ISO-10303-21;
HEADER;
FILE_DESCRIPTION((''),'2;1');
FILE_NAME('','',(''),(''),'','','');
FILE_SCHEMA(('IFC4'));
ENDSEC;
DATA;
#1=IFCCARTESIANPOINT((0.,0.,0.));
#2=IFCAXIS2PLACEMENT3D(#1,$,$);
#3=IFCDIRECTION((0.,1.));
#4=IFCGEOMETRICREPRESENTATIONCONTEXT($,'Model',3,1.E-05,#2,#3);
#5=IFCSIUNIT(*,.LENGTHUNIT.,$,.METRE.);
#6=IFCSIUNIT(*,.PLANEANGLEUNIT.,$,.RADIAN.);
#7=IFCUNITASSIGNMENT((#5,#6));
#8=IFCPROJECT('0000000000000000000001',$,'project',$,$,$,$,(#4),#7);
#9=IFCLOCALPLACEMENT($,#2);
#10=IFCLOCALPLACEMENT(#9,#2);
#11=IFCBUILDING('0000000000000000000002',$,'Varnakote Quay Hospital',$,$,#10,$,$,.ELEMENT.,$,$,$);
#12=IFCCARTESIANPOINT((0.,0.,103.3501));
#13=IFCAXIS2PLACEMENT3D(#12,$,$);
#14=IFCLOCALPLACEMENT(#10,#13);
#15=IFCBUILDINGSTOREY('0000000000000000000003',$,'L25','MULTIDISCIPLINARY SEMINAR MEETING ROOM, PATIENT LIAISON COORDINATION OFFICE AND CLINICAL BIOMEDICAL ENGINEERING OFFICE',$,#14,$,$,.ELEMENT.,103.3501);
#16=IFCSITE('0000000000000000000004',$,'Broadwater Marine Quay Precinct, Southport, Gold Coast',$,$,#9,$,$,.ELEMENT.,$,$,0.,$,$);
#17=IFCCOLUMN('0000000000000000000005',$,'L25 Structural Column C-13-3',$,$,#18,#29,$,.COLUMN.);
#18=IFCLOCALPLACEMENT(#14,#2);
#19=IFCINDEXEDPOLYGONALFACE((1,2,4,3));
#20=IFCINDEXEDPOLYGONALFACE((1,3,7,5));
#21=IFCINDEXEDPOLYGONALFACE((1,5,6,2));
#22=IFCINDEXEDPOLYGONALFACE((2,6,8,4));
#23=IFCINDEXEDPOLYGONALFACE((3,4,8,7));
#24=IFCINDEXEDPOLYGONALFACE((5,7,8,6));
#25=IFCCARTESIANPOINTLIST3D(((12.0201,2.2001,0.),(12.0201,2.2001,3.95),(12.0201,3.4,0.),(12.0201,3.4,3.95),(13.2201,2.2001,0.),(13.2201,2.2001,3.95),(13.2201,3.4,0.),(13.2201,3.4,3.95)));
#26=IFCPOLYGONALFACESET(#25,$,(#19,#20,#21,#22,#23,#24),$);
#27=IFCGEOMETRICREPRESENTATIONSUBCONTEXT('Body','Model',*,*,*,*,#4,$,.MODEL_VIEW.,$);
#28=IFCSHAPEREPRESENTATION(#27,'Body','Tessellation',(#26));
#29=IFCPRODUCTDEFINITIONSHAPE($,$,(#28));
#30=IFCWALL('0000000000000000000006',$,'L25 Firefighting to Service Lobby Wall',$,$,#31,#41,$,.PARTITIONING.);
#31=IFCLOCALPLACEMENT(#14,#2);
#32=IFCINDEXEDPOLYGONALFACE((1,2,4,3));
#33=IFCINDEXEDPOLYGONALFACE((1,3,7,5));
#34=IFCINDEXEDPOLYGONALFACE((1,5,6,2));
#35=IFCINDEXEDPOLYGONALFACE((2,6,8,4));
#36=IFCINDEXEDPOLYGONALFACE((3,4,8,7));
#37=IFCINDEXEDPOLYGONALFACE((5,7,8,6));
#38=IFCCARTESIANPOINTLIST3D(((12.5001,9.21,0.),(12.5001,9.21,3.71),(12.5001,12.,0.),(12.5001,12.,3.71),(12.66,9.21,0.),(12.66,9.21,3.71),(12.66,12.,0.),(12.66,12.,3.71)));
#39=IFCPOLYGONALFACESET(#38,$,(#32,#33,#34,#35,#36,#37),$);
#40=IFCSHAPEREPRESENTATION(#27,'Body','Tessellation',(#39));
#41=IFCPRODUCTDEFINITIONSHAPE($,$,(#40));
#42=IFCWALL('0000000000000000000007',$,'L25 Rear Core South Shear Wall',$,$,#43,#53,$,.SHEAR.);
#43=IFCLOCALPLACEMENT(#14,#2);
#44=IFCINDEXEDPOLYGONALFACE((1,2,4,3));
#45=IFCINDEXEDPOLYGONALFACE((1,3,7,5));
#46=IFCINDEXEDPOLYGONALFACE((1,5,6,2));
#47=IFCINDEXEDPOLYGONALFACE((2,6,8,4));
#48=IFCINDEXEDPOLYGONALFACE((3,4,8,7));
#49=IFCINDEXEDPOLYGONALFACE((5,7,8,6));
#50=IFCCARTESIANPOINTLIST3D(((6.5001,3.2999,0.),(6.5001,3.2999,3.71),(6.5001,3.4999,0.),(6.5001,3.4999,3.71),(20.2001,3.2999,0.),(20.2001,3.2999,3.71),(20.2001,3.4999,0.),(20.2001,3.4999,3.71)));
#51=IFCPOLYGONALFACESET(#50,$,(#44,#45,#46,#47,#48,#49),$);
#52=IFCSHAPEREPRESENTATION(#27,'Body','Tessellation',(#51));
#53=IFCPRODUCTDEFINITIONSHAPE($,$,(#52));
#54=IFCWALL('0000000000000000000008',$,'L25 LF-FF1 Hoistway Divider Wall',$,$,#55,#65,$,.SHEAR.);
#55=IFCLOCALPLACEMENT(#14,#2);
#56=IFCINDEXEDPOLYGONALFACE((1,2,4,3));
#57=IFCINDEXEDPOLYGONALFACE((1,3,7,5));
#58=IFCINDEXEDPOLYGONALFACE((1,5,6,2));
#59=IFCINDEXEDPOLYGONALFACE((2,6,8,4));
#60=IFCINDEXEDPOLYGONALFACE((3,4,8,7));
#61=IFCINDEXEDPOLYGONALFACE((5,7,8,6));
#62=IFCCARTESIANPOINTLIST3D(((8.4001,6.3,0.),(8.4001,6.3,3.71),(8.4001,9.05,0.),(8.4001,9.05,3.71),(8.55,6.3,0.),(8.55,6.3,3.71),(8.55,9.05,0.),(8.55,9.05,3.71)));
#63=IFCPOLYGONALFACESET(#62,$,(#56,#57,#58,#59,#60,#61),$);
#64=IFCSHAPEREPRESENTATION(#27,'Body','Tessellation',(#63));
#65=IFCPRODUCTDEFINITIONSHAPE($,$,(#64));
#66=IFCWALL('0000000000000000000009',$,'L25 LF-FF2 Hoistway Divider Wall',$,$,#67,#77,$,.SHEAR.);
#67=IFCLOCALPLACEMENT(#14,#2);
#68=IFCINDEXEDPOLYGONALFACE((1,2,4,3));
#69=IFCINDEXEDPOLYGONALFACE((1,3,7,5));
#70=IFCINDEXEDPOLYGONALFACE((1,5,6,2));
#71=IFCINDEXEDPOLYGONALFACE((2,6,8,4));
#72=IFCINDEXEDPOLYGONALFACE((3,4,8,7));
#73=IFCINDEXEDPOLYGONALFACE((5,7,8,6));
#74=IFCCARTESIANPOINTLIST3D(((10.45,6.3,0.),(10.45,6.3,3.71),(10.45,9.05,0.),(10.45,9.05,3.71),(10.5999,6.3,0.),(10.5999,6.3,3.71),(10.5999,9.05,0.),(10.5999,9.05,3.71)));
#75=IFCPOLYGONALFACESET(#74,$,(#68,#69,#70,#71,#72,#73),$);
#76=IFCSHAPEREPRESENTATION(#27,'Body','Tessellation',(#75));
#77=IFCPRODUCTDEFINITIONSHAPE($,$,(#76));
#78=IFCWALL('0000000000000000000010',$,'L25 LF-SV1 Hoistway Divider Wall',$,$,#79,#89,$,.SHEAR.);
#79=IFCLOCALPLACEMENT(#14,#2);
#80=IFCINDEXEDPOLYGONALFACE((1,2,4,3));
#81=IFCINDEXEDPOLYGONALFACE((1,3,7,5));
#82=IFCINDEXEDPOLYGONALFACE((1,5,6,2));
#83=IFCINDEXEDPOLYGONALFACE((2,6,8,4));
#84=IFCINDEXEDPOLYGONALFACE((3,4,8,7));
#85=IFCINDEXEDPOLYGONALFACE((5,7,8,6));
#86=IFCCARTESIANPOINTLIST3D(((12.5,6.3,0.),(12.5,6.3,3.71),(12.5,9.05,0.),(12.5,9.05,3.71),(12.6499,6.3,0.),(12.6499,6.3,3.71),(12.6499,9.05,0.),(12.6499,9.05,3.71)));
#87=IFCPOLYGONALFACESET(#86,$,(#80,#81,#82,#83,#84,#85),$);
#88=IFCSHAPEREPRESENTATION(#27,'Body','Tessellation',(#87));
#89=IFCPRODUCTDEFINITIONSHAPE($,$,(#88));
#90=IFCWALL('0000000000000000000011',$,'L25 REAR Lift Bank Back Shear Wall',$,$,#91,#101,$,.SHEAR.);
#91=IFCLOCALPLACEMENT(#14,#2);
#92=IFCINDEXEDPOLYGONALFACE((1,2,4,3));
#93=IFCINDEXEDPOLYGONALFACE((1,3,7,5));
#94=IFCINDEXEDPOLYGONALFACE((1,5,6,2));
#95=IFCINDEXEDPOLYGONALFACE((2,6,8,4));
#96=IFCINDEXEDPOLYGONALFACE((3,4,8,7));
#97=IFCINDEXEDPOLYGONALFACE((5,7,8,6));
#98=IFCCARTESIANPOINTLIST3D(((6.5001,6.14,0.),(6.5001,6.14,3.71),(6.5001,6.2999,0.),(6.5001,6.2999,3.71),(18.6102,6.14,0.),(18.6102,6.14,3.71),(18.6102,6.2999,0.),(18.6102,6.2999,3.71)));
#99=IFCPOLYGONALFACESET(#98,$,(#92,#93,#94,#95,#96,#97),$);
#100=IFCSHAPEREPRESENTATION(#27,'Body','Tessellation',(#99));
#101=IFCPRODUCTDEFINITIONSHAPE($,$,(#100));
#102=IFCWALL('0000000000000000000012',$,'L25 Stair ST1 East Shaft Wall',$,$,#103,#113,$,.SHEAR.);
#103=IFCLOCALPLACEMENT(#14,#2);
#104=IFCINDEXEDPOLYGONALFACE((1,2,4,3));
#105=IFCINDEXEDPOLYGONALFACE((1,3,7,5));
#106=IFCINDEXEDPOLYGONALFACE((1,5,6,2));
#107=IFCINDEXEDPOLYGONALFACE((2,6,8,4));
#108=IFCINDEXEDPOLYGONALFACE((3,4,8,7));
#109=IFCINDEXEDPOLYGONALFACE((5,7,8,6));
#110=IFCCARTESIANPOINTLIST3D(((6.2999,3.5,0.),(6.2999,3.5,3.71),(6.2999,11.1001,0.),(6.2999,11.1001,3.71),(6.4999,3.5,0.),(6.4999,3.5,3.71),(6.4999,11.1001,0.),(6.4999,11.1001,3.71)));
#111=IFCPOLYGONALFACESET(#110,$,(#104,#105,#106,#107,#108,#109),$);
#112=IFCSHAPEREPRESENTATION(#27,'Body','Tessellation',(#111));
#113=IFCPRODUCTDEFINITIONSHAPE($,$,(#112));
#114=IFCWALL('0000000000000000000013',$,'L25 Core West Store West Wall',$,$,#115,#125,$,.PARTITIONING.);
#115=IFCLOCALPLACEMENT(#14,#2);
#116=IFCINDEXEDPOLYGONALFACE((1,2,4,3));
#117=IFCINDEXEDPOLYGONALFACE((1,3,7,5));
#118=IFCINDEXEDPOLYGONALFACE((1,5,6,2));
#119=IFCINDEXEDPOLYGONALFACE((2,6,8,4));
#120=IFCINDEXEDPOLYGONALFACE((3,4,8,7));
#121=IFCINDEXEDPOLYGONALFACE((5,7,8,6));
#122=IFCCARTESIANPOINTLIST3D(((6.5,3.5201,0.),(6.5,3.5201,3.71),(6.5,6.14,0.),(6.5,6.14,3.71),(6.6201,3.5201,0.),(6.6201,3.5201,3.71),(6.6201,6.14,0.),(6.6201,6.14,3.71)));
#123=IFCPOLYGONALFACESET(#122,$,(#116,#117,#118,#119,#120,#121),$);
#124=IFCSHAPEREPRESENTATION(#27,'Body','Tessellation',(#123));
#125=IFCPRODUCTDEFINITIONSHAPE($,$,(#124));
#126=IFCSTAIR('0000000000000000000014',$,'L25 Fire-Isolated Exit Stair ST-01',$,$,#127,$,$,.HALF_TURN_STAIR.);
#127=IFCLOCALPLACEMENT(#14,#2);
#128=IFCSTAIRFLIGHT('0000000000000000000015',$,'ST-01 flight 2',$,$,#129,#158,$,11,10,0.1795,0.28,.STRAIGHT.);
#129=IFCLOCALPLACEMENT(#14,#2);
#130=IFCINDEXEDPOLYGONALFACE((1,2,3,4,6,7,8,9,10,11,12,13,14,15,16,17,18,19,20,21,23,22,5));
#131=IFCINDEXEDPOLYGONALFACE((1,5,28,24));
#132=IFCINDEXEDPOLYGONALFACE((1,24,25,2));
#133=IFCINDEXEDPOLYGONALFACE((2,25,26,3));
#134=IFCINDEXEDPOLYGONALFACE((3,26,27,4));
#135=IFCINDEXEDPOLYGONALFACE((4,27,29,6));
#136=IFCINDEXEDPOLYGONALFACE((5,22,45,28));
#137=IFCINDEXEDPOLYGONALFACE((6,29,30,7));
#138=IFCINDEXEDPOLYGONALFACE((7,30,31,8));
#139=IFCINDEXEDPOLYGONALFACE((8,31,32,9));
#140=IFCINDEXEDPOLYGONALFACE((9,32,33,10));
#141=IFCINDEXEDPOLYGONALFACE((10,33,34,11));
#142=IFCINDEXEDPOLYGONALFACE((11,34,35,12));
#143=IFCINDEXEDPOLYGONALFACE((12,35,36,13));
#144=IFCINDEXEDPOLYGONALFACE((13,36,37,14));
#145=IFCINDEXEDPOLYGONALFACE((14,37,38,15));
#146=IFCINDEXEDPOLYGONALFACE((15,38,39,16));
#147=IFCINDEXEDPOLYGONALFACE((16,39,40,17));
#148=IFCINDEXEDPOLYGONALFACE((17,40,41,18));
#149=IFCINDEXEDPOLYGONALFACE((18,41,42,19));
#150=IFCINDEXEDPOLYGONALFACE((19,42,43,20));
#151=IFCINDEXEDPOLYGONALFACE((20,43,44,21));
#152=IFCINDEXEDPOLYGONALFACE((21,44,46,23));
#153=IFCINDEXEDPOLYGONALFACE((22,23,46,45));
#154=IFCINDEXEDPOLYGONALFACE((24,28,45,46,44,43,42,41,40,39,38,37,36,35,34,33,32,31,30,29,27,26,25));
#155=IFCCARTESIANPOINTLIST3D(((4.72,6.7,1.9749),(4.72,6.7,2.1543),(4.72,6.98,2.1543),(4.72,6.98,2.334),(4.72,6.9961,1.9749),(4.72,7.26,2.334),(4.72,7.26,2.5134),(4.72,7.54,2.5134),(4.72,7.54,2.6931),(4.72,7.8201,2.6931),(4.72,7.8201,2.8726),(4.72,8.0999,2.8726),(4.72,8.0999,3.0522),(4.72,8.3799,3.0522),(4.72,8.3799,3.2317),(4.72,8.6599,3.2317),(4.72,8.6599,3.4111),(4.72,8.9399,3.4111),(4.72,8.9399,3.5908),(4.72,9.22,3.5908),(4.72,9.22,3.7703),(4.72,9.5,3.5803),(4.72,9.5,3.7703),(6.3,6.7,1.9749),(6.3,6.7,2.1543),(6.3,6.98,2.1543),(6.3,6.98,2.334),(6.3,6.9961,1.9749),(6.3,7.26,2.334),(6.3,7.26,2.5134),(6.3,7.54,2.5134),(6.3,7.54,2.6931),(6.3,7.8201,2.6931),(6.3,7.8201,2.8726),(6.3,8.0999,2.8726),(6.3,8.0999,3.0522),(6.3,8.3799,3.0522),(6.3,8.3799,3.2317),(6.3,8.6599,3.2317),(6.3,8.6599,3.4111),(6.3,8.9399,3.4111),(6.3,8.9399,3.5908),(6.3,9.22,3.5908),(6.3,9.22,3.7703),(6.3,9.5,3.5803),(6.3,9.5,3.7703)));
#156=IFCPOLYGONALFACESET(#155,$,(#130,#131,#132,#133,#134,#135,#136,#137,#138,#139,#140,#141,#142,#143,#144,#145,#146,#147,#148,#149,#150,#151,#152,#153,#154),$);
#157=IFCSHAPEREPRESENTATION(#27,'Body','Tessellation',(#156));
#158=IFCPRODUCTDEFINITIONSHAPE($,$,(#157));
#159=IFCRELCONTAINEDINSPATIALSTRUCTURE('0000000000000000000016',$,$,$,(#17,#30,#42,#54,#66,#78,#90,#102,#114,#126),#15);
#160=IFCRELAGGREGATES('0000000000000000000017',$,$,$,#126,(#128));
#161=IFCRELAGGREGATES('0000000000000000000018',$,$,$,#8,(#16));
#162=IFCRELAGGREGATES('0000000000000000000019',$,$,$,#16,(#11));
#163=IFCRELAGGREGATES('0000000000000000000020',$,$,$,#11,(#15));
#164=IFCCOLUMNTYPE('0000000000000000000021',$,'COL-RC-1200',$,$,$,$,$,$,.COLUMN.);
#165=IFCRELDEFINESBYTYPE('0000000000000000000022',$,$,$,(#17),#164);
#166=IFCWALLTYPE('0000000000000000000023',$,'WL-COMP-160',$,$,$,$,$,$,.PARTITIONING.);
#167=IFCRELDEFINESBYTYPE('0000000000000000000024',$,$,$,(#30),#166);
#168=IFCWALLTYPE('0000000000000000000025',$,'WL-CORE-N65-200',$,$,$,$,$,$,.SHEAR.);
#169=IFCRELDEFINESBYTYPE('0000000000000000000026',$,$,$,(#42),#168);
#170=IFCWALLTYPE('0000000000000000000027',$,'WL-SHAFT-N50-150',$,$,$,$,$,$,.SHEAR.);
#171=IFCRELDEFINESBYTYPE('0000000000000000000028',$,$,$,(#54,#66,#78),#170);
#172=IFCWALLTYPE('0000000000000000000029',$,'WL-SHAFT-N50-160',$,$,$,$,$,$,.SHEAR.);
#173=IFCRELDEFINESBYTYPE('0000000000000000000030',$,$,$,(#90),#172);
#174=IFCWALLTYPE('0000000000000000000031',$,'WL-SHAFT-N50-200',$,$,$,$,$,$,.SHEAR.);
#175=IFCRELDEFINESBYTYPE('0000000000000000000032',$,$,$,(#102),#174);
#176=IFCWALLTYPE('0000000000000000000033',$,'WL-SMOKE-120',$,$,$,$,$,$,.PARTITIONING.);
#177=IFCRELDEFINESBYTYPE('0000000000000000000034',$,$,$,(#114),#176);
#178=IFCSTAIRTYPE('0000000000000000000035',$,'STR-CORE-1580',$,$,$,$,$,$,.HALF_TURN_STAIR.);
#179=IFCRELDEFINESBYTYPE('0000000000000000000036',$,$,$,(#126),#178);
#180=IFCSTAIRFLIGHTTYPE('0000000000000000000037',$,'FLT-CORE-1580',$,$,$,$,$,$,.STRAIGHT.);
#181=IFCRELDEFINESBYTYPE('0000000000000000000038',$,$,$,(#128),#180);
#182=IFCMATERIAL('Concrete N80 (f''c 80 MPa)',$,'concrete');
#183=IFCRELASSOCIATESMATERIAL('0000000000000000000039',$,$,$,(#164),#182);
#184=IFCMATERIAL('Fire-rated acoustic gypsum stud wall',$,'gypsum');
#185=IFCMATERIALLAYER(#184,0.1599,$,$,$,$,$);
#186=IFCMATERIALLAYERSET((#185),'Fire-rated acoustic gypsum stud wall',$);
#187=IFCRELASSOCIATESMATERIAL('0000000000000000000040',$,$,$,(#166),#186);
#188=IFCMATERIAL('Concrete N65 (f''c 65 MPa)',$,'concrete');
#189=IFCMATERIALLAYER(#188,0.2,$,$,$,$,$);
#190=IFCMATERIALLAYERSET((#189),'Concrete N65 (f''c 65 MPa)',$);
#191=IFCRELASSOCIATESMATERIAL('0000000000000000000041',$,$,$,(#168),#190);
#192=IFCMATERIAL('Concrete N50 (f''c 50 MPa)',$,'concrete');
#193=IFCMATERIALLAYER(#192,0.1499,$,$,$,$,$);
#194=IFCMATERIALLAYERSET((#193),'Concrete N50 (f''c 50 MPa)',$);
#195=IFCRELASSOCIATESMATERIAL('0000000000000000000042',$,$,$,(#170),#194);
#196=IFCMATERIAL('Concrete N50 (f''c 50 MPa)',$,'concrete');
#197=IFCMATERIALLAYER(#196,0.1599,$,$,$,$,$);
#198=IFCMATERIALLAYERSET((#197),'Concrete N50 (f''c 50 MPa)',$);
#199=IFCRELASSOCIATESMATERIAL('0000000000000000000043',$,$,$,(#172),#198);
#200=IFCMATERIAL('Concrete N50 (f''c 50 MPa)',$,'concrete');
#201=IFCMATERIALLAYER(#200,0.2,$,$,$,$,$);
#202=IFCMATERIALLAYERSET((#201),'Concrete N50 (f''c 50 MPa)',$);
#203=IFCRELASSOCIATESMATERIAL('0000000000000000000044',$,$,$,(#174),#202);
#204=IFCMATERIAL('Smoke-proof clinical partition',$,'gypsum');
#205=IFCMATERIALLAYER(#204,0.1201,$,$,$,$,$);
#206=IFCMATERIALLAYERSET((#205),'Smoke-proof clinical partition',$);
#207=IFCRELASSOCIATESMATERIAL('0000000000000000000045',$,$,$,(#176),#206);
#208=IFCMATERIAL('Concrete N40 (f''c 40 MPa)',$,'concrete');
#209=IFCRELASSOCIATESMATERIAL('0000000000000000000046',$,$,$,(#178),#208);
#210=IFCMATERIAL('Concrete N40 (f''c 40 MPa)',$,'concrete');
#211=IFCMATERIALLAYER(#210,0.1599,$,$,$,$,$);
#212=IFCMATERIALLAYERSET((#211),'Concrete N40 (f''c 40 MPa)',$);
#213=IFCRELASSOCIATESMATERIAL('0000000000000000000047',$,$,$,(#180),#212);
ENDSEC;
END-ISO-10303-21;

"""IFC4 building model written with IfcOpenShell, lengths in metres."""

from ifc_helpers import new_model, si_unit, direction, frame, frame_2d, origin, origin_2d, place, context, subcontext, project, spatial, polyline, rectangle, outline, extrude, material, layer, layer_set, material_profile, profile_set, type_object, element, aggregate, save


model = new_model("IFC4")

# Units and contexts
model_context = context("Model", 3, precision=1e-05, world=origin(), true_north=direction((0.0, 1.0)))
body_context = subcontext(model_context, "Body", "Model", "MODEL_VIEW")
ifc_project = project(units=[si_unit("LENGTHUNIT", "METRE"), si_unit("PLANEANGLEUNIT", "RADIAN")], contexts=[model_context])

# Site, building, storey
site_placement = place(None, origin())
site = spatial("IfcSite", under=ifc_project, at=site_placement, Name="Broadwater Marine Quay Precinct, Southport, Gold Coast", CompositionType="ELEMENT", RefElevation=0.0)
building_placement = place(site_placement, origin())
building = spatial("IfcBuilding", under=site, at=building_placement, Name="Varnakote Quay Hospital", CompositionType="ELEMENT")
storey_placement = place(building_placement, frame((0.0, 0.0, 103.3501)))
storey = spatial("IfcBuildingStorey", under=building, at=storey_placement, Name="L25", Description="MULTIDISCIPLINARY SEMINAR MEETING ROOM, PATIENT LIAISON COORDINATION OFFICE AND CLINICAL BIOMEDICAL ENGINEERING OFFICE", CompositionType="ELEMENT", Elevation=103.3501)

# Column
ifc_material_1 = material(Name="Concrete N80 (f'c 80 MPa)", Category="concrete")
ifc_material_profile = material_profile(ifc_material_1, rectangle(XDim=1.2, YDim=1.2, at=origin_2d()), Name="RC-COL-1200x1200")
ifc_profile_set = profile_set([ifc_material_profile], Name="Concrete N80 (f'c 80 MPa)")
column_type = type_object("IfcColumnType", Name="COL-RC-1200", PredefinedType="COLUMN", material=ifc_profile_set)
column_placement = place(storey_placement, frame((12.6201, 2.8, 0.0), z_axis=(0.0, 0.0, 1.0), x_axis=(1.0, 0.0, 0.0)))
element("IfcColumn", 1, at=column_placement, inside=storey, type_object=column_type, Name="L25 Structural Column C-13-3", PredefinedType="COLUMN", context=body_context, shape_type="SweptSolid", body=[
    extrude(rectangle(XDim=1.2, YDim=1.2, at=origin_2d()), origin(), (0.0, 0.0, 1.0), 3.95),
])

# Walls
ifc_material_2 = material(Name="Fire-rated acoustic gypsum stud wall", Category="gypsum")
ifc_layer_1 = layer(ifc_material_2, 0.1599)
ifc_layer_set_1 = layer_set([ifc_layer_1], Name="Fire-rated acoustic gypsum stud wall")
wall_type_1 = type_object("IfcWallType", Name="WL-COMP-160", PredefinedType="PARTITIONING", material=ifc_layer_set_1)
wall_1_placement = place(storey_placement, frame((12.5801, 9.21, 0.0), z_axis=(0.0, 0.0, 1.0), x_axis=(0.0, 1.0, 0.0)))
element("IfcWall", 2, at=wall_1_placement, inside=storey, type_object=wall_type_1, Name="L25 Firefighting to Service Lobby Wall", PredefinedType="PARTITIONING", context=body_context, shape_type="SweptSolid", body=[
    extrude(rectangle(XDim=2.79, YDim=0.1599, at=frame_2d((1.395, 0.0))), origin(), (0.0, 0.0, 1.0), 3.71),
])
ifc_material_3 = material(Name="Concrete N65 (f'c 65 MPa)", Category="concrete")
ifc_layer_2 = layer(ifc_material_3, 0.2)
ifc_layer_set_2 = layer_set([ifc_layer_2], Name="Concrete N65 (f'c 65 MPa)")
wall_type_2 = type_object("IfcWallType", Name="WL-CORE-N65-200", PredefinedType="SHEAR", material=ifc_layer_set_2)
wall_2_placement = place(storey_placement, frame((6.5, 3.3999, 0.0), z_axis=(0.0, 0.0, 1.0), x_axis=(1.0, 0.0, 0.0)))
element("IfcWall", 3, at=wall_2_placement, inside=storey, type_object=wall_type_2, Name="L25 Rear Core South Shear Wall", PredefinedType="SHEAR", context=body_context, shape_type="SweptSolid", body=[
    extrude(rectangle(XDim=13.7, YDim=0.2, at=frame_2d((6.8501, 0.0))), origin(), (0.0, 0.0, 1.0), 3.71),
])
ifc_material_4 = material(Name="Concrete N50 (f'c 50 MPa)", Category="concrete")
ifc_layer_3 = layer(ifc_material_4, 0.1499)
ifc_layer_set_3 = layer_set([ifc_layer_3], Name="Concrete N50 (f'c 50 MPa)")
wall_type_3 = type_object("IfcWallType", Name="WL-SHAFT-N50-150", PredefinedType="SHEAR", material=ifc_layer_set_3)
for number, where, z_axis, x_axis, name in (
    (4, (8.4751, 6.3, 0.0), (0.0, 0.0, 1.0), (0.0, 1.0, 0.0), "L25 LF-FF1 Hoistway Divider Wall"),
    (5, (10.5249, 6.3, 0.0), (0.0, 0.0, 1.0), (0.0, 1.0, 0.0), "L25 LF-FF2 Hoistway Divider Wall"),
    (6, (12.575, 6.3, 0.0), (0.0, 0.0, 1.0), (0.0, 1.0, 0.0), "L25 LF-SV1 Hoistway Divider Wall"),
):
    element("IfcWall", number, at=place(storey_placement, frame(where, z_axis=z_axis, x_axis=x_axis)), inside=storey, type_object=wall_type_3, Name=name, PredefinedType="SHEAR", context=body_context, shape_type="SweptSolid", body=[
        extrude(rectangle(XDim=2.75, YDim=0.1499, at=frame_2d((1.375, 0.0))), origin(), (0.0, 0.0, 1.0), 3.71),
    ])
ifc_material_5 = material(Name="Concrete N50 (f'c 50 MPa)", Category="concrete")
ifc_layer_4 = layer(ifc_material_5, 0.1599)
ifc_layer_set_4 = layer_set([ifc_layer_4], Name="Concrete N50 (f'c 50 MPa)")
wall_type_4 = type_object("IfcWallType", Name="WL-SHAFT-N50-160", PredefinedType="SHEAR", material=ifc_layer_set_4)
wall_3_placement = place(storey_placement, frame((6.5, 6.22, 0.0), z_axis=(0.0, 0.0, 1.0), x_axis=(1.0, 0.0, 0.0)))
element("IfcWall", 7, at=wall_3_placement, inside=storey, type_object=wall_type_4, Name="L25 REAR Lift Bank Back Shear Wall", PredefinedType="SHEAR", context=body_context, shape_type="SweptSolid", body=[
    extrude(rectangle(XDim=12.1101, YDim=0.1599, at=frame_2d((6.0552, 0.0))), origin(), (0.0, 0.0, 1.0), 3.71),
])

# Walls
ifc_material_6 = material(Name="Concrete N50 (f'c 50 MPa)", Category="concrete")
ifc_layer_5 = layer(ifc_material_6, 0.2)
ifc_layer_set_5 = layer_set([ifc_layer_5], Name="Concrete N50 (f'c 50 MPa)")
wall_type_5 = type_object("IfcWallType", Name="WL-SHAFT-N50-200", PredefinedType="SHEAR", material=ifc_layer_set_5)
wall_4_placement = place(storey_placement, frame((6.3999, 3.5, 0.0), z_axis=(0.0, 0.0, 1.0), x_axis=(0.0, 1.0, 0.0)))
element("IfcWall", 8, at=wall_4_placement, inside=storey, type_object=wall_type_5, Name="L25 Stair ST1 East Shaft Wall", PredefinedType="SHEAR", context=body_context, shape_type="SweptSolid", body=[
    extrude(rectangle(XDim=7.6001, YDim=0.2, at=frame_2d((3.8, 0.0))), origin(), (0.0, 0.0, 1.0), 3.71),
])
ifc_material_7 = material(Name="Smoke-proof clinical partition", Category="gypsum")
ifc_layer_6 = layer(ifc_material_7, 0.1201)
ifc_layer_set_6 = layer_set([ifc_layer_6], Name="Smoke-proof clinical partition")
wall_type_6 = type_object("IfcWallType", Name="WL-SMOKE-120", PredefinedType="PARTITIONING", material=ifc_layer_set_6)
wall_5_placement = place(storey_placement, frame((6.5601, 3.52, 0.0), z_axis=(0.0, 0.0, 1.0), x_axis=(0.0, 1.0, 0.0)))
element("IfcWall", 9, at=wall_5_placement, inside=storey, type_object=wall_type_6, Name="L25 Core West Store West Wall", PredefinedType="PARTITIONING", context=body_context, shape_type="SweptSolid", body=[
    extrude(rectangle(XDim=2.6199, YDim=0.1201, at=frame_2d((1.3101, 0.0))), origin(), (0.0, 0.0, 1.0), 3.71),
])

# Stair, stair flight
ifc_material_8 = material(Name="Concrete N40 (f'c 40 MPa)", Category="concrete")
stair_type = type_object("IfcStairType", Name="STR-CORE-1580", PredefinedType="HALF_TURN_STAIR", material=ifc_material_8)
stair_placement = place(storey_placement, origin())
stair = element("IfcStair", 10, at=stair_placement, inside=storey, type_object=stair_type, Name="L25 Fire-Isolated Exit Stair ST-01", PredefinedType="HALF_TURN_STAIR")
ifc_material_9 = material(Name="Concrete N40 (f'c 40 MPa)", Category="concrete")
ifc_layer_7 = layer(ifc_material_9, 0.1599)
ifc_layer_set_7 = layer_set([ifc_layer_7], Name="Concrete N40 (f'c 40 MPa)")
stair_flight_type = type_object("IfcStairFlightType", Name="FLT-CORE-1580", PredefinedType="STRAIGHT", material=ifc_layer_set_7)
stair_flight_placement = place(storey_placement, frame((5.51, 6.7, 1.9749), z_axis=(0.0, 0.0, 1.0), x_axis=(0.0, 1.0, 0.0)))
stair_flight = element("IfcStairFlight", 11, at=stair_flight_placement, type_object=stair_flight_type, Name="ST-01 flight 2", NumberOfRisers=11, NumberOfTreads=10, PredefinedType="STRAIGHT", RiserHeight=0.1795, TreadLength=0.28, context=body_context, shape_type="SweptSolid", body=[
    extrude(outline(polyline([(0.0, 0.0), (0.0, 0.1794), (0.28, 0.1794), (0.28, 0.3591), (0.5601, 0.3591), (0.5601, 0.5386), (0.8401, 0.5386), (0.8401, 0.7183), (1.1201, 0.7183), (1.1201, 0.8977), (1.3999, 0.8977), (1.3999, 1.0774), (1.6799, 1.0774), (1.6799, 1.2568), (1.96, 1.2568), (1.96, 1.4363), (2.24, 1.4363), (2.24, 1.616), (2.52, 1.616), (2.52, 1.7954), (2.8, 1.7954), (2.8, 1.9751), (2.8, 1.6055), (0.2961, 0.0), (0.0, 0.0)])), frame((0.0, 0.79, 0.0), z_axis=(0.0, -1.0, 0.0), x_axis=(1.0, 0.0, 0.0)), (0.0, 0.0, 1.0), 1.5801),
])
aggregate(stair, [stair_flight])

save(model, "model.ifc")
